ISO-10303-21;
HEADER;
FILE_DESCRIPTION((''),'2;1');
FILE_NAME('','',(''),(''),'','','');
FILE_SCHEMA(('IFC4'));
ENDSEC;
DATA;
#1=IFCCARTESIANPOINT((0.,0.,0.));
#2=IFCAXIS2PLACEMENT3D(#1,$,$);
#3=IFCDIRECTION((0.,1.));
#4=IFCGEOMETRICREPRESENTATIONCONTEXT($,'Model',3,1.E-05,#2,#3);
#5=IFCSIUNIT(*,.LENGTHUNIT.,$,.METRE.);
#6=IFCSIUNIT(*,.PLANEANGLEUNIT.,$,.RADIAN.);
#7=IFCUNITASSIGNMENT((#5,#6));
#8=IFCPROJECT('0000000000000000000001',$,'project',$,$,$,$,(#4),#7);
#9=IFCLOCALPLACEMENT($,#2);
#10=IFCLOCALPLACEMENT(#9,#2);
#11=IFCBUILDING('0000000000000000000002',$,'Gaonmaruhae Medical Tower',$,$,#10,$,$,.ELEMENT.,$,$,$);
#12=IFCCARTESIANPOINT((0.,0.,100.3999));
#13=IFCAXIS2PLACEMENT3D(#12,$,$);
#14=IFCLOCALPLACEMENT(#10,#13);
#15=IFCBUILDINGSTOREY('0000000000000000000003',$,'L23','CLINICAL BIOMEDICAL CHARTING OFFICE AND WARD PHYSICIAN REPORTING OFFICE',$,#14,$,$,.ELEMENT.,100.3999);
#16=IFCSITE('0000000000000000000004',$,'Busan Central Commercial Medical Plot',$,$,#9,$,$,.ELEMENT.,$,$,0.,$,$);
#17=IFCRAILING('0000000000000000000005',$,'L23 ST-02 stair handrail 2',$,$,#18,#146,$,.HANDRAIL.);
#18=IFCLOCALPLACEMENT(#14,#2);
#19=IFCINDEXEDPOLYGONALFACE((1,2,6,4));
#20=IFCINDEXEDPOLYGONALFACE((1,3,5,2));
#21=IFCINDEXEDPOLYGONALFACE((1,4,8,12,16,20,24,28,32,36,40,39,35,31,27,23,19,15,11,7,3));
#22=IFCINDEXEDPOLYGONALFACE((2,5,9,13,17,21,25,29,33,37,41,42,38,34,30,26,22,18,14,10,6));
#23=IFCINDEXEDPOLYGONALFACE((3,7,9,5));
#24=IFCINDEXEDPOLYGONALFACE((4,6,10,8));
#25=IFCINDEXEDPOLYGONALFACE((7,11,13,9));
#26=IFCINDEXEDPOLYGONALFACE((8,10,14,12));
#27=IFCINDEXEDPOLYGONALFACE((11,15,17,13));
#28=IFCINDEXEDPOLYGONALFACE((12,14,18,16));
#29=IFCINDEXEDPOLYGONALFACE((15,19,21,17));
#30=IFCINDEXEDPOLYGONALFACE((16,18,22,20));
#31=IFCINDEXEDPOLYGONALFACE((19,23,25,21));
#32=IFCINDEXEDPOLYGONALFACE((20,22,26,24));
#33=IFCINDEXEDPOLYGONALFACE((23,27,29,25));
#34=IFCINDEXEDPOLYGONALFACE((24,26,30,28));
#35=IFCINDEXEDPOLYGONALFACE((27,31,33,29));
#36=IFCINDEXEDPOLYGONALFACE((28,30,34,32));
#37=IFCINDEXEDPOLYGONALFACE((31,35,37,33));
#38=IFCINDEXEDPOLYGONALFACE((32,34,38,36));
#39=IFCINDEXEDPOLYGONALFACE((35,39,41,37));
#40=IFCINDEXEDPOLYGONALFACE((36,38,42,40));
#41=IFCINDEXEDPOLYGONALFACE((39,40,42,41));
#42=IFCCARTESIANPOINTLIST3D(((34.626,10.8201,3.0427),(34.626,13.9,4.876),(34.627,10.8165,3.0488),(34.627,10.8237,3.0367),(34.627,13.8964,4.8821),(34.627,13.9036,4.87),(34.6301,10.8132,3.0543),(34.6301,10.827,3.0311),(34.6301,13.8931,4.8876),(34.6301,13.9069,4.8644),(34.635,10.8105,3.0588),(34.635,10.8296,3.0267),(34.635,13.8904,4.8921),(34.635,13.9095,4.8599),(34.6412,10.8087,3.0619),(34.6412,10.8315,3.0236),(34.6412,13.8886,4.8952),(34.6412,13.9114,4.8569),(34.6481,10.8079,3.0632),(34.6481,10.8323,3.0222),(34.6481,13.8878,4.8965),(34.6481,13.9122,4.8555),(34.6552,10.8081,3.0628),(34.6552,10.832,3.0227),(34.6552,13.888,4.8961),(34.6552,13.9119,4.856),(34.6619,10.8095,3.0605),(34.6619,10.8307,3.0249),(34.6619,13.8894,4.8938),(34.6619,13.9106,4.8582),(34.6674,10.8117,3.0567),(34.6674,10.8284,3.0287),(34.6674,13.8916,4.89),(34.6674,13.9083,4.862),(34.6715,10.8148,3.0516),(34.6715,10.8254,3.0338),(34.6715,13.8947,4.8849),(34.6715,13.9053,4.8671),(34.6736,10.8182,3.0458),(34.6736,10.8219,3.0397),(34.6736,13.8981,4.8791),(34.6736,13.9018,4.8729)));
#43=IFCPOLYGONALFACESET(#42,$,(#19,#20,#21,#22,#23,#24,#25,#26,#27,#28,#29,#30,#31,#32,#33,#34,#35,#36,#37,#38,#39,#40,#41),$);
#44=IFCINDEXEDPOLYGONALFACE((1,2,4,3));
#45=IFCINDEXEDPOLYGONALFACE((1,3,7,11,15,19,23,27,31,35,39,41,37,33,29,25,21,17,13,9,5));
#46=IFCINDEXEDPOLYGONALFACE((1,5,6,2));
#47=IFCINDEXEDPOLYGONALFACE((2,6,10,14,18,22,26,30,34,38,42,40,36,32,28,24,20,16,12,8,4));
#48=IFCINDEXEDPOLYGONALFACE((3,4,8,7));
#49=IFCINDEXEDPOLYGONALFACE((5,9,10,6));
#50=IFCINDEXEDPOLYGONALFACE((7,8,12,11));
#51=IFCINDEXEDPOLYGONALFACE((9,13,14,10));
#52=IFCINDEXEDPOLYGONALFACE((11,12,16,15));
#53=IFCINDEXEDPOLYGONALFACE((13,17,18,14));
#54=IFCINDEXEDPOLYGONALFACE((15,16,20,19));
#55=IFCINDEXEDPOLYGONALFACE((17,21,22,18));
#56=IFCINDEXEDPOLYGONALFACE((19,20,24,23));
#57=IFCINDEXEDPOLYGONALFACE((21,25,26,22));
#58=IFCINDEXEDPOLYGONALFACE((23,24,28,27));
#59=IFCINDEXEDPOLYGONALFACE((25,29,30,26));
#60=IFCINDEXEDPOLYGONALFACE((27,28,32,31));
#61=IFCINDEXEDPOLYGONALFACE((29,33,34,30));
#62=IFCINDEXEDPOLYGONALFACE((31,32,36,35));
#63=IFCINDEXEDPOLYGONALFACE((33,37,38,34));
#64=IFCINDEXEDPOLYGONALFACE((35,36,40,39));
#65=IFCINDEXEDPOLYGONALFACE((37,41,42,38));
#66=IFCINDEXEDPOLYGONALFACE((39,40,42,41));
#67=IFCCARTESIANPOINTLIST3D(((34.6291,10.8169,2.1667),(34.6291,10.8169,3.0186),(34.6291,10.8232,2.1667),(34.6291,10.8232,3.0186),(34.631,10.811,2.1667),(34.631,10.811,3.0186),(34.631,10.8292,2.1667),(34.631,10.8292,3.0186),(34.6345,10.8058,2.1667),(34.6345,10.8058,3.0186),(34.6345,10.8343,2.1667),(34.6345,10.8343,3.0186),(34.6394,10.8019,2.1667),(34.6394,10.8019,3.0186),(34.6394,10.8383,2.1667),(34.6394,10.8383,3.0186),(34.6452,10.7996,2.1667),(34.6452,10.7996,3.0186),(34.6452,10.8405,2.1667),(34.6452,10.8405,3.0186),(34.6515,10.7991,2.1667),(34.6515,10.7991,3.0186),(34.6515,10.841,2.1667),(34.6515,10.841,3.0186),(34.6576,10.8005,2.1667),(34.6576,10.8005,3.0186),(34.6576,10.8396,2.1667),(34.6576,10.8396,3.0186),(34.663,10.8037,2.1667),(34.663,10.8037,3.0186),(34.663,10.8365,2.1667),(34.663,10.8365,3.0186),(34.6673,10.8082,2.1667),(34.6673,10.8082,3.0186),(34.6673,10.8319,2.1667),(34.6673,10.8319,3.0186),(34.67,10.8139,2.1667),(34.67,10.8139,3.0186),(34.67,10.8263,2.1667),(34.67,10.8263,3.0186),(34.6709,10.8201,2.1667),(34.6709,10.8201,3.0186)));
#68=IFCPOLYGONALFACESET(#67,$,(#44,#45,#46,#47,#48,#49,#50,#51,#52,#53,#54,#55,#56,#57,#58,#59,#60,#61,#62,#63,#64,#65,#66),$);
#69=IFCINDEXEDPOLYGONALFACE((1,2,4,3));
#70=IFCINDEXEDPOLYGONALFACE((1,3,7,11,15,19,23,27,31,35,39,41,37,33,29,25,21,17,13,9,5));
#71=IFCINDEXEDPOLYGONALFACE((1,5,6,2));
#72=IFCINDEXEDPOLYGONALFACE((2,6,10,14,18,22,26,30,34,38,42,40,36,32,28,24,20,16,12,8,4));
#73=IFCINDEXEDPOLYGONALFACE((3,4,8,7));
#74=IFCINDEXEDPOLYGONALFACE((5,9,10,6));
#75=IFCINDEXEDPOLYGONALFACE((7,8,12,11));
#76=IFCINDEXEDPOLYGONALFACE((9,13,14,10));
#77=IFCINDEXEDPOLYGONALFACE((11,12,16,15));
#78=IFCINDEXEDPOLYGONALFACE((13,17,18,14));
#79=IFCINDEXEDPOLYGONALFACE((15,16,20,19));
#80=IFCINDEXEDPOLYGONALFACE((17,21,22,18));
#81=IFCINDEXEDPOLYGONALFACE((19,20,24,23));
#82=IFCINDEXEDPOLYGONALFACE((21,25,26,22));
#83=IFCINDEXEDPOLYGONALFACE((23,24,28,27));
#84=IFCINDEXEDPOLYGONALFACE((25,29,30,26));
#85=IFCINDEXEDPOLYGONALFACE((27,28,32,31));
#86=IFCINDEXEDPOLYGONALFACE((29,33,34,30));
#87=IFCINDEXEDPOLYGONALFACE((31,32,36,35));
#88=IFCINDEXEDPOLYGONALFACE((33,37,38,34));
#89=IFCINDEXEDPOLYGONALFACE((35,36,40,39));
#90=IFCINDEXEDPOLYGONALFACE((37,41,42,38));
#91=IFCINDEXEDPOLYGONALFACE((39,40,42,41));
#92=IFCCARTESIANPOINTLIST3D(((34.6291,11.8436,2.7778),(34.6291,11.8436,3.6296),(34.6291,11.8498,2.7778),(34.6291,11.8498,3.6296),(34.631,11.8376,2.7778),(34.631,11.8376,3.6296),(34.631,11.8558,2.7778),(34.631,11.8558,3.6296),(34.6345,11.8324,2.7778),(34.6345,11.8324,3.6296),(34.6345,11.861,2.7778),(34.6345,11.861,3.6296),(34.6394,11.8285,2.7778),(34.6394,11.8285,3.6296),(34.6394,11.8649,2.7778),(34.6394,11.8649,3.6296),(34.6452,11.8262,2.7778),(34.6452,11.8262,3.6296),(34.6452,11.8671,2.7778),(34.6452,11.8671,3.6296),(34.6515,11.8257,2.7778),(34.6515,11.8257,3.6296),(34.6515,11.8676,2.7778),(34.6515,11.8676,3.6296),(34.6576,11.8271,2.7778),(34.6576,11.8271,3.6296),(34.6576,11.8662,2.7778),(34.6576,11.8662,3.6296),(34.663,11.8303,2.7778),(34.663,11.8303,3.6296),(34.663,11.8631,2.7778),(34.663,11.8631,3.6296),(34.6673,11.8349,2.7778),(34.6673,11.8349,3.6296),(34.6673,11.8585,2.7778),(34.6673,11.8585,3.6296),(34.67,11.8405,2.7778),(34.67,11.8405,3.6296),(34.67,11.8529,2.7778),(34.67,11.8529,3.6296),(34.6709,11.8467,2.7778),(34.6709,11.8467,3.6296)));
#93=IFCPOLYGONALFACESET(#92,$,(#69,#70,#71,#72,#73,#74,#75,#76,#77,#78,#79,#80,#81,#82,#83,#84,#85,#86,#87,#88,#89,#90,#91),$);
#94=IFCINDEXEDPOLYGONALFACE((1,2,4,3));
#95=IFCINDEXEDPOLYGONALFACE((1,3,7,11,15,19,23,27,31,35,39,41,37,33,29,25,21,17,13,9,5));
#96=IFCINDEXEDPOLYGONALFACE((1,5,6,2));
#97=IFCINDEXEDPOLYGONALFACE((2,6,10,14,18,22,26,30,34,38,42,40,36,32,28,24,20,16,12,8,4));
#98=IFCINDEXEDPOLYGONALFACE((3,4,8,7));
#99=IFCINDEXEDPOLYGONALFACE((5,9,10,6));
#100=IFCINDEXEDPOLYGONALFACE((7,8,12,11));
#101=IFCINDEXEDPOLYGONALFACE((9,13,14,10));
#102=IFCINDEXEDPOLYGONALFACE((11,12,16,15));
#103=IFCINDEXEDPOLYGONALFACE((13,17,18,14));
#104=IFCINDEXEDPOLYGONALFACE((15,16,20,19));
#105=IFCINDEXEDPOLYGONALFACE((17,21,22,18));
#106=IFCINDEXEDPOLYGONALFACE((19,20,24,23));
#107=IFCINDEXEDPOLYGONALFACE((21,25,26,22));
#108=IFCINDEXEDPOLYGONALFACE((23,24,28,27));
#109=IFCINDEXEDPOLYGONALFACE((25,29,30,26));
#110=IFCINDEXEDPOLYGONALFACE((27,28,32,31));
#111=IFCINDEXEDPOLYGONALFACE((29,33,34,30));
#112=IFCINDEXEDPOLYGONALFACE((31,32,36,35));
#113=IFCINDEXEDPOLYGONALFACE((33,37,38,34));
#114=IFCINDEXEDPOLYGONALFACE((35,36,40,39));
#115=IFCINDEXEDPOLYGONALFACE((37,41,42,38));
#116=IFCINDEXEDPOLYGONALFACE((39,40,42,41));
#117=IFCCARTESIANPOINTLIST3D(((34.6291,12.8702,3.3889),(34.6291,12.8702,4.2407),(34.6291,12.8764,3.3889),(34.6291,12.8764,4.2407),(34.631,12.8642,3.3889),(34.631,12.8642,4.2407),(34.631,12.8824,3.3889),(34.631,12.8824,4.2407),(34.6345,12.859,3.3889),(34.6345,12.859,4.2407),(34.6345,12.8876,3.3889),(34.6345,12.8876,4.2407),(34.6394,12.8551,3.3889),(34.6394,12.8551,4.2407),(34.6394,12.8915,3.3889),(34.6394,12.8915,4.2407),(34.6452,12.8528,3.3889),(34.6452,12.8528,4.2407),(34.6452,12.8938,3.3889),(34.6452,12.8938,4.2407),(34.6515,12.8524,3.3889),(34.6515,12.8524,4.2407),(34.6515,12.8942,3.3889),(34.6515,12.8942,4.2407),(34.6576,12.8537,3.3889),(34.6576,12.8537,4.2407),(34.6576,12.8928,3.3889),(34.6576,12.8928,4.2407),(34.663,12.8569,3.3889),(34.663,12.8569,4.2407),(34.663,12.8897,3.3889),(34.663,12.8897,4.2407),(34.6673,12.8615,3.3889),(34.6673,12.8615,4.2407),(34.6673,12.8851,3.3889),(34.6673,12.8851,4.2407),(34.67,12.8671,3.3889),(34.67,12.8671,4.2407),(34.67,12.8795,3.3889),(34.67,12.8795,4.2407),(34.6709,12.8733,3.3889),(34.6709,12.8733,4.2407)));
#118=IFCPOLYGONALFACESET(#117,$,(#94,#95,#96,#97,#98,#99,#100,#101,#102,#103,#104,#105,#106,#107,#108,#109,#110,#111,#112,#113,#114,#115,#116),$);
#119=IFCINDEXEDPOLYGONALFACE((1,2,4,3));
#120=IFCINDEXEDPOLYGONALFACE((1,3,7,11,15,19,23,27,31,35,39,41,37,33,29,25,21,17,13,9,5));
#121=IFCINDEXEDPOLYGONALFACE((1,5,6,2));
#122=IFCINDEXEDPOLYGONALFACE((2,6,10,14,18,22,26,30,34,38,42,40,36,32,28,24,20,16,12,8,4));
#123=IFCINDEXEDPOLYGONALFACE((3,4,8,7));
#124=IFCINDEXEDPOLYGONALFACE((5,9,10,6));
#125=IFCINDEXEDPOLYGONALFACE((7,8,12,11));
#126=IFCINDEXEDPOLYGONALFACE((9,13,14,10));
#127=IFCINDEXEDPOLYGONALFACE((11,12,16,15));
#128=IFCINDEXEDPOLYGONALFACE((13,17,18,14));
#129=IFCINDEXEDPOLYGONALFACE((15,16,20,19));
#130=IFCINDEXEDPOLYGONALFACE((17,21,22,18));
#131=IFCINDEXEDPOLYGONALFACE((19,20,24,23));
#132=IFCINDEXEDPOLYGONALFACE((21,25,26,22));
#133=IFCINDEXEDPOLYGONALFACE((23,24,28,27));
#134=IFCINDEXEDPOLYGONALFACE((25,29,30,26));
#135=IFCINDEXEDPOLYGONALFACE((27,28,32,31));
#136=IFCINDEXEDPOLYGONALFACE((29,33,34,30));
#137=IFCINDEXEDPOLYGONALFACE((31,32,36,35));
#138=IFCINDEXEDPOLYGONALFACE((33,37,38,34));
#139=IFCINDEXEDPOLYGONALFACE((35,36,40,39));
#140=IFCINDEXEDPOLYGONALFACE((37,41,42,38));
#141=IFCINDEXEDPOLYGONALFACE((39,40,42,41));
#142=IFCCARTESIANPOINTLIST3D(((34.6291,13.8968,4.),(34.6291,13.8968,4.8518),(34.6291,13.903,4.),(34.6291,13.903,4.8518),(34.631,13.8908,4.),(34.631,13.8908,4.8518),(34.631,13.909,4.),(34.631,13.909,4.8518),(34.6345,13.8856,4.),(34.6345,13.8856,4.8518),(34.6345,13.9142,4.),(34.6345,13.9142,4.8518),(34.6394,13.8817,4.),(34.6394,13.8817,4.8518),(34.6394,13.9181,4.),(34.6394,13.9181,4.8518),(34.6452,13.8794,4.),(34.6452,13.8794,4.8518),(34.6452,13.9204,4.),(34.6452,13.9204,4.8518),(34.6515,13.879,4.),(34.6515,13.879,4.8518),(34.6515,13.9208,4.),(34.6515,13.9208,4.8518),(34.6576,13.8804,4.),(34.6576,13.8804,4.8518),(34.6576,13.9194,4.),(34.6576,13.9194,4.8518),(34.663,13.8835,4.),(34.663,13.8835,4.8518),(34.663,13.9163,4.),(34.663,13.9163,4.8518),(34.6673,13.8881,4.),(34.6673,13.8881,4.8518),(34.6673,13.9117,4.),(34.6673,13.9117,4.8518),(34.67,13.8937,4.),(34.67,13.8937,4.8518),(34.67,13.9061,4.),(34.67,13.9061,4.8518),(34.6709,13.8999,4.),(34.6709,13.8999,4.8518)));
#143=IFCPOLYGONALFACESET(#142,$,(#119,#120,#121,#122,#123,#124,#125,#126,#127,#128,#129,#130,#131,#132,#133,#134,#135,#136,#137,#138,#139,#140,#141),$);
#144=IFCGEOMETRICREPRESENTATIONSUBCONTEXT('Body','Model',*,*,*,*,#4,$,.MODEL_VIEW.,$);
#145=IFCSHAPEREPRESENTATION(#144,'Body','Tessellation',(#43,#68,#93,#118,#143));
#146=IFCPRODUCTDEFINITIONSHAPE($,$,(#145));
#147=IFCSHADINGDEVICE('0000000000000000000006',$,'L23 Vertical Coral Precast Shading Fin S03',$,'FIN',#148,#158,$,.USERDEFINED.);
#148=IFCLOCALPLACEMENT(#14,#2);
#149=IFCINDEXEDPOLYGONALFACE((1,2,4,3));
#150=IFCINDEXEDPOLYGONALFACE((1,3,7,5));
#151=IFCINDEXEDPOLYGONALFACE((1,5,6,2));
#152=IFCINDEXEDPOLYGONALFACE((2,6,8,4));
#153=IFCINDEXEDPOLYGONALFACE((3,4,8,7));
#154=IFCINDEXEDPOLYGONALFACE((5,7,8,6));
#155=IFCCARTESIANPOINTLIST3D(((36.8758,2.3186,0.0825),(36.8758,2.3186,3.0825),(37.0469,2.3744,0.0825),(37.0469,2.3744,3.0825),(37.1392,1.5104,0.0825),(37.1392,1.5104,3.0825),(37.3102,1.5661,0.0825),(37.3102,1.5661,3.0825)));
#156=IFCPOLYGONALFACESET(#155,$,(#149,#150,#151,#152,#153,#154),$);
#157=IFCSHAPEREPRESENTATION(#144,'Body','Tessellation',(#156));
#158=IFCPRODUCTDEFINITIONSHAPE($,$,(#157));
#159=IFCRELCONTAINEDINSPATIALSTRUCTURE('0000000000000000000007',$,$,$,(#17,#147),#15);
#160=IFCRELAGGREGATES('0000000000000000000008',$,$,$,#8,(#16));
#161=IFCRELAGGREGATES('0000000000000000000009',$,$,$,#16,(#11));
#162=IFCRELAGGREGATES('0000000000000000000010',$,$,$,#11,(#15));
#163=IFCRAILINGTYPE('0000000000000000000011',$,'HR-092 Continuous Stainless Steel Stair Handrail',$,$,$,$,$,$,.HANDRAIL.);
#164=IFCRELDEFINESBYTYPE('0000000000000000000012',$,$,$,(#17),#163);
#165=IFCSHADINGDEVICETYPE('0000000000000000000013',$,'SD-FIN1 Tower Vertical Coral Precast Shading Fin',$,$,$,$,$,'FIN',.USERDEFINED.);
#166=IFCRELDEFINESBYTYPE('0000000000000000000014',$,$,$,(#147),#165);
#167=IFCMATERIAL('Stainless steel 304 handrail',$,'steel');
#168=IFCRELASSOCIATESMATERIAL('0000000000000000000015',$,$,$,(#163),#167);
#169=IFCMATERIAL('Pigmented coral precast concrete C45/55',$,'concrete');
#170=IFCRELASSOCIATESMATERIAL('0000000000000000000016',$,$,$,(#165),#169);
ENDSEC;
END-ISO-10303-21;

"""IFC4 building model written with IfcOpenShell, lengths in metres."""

from ifc_helpers import new_model, si_unit, direction, frame, origin, origin_2d, place, context, subcontext, project, spatial, rectangle, circle, extrude, material, type_object, element, save


model = new_model("IFC4")

# Units and contexts
model_context = context("Model", 3, precision=1e-05, world=origin(), true_north=direction((0.0, 1.0)))
body_context = subcontext(model_context, "Body", "Model", "MODEL_VIEW")
ifc_project = project(units=[si_unit("LENGTHUNIT", "METRE"), si_unit("PLANEANGLEUNIT", "RADIAN")], contexts=[model_context])

# Site, building, storey
site_placement = place(None, origin())
site = spatial("IfcSite", under=ifc_project, at=site_placement, Name="Busan Central Commercial Medical Plot", CompositionType="ELEMENT", RefElevation=0.0)
building_placement = place(site_placement, origin())
building = spatial("IfcBuilding", under=site, at=building_placement, Name="Gaonmaruhae Medical Tower", CompositionType="ELEMENT")
storey_placement = place(building_placement, frame((0.0, 0.0, 100.3999)))
storey = spatial("IfcBuildingStorey", under=building, at=storey_placement, Name="L23", Description="CLINICAL BIOMEDICAL CHARTING OFFICE AND WARD PHYSICIAN REPORTING OFFICE", CompositionType="ELEMENT", Elevation=100.3999)

# Railing
ifc_material_1 = material(Name="Stainless steel 304 handrail", Category="steel")
railing_type_1 = type_object("IfcRailingType", Name="HR-092 Continuous Stainless Steel Stair Handrail", PredefinedType="HANDRAIL", material=ifc_material_1)
railing_1_placement = place(storey_placement, frame((34.6499, 10.8201, 2.1667)))
element("IfcRailing", 1, at=railing_1_placement, inside=storey, type_object=railing_type_1, Name="L23 ST-02 stair handrail 2", PredefinedType="HANDRAIL", context=body_context, shape_type="SweptSolid", body=[
    extrude(circle(Radius=0.0239, at=origin_2d()), frame((0.0, 0.0, 0.876), z_axis=(0.0, 0.859291, 0.511487), x_axis=(-1.0, 0.0, 0.0)), (0.0, 0.0, 1.0), 3.5842),
    extrude(circle(Radius=0.021, at=origin_2d()), origin(), (0.0, 0.0, 1.0), 0.8518),
    extrude(circle(Radius=0.021, at=origin_2d()), frame((0.0, 1.0266, 0.6111)), (0.0, 0.0, 1.0), 0.8518),
    extrude(circle(Radius=0.021, at=origin_2d()), frame((0.0, 2.0532, 1.2222)), (0.0, 0.0, 1.0), 0.8518),
    extrude(circle(Radius=0.021, at=origin_2d()), frame((0.0, 3.0798, 1.8333)), (0.0, 0.0, 1.0), 0.8518),
])

# Shading device
ifc_material_2 = material(Name="Pigmented coral precast concrete C45/55", Category="concrete")
shading_device_type = type_object("IfcShadingDeviceType", Name="SD-FIN1 Tower Vertical Coral Precast Shading Fin", ElementType="FIN", PredefinedType="USERDEFINED", material=ifc_material_2)
shading_device_placement = place(storey_placement, frame((37.093, 1.9424, 0.0825), z_axis=(0.0, 0.0, 1.0), x_axis=(-0.950792, -0.30983, 0.0)))
element("IfcShadingDevice", 2, at=shading_device_placement, inside=storey, type_object=shading_device_type, Name="L23 Vertical Coral Precast Shading Fin S03", ObjectType="FIN", PredefinedType="USERDEFINED", context=body_context, shape_type="SweptSolid", body=[
    extrude(rectangle(XDim=0.1799, YDim=0.8501, at=origin_2d()), origin(), (0.0, 0.0, 1.0), 3.0),
])

save(model, "model.ifc")
